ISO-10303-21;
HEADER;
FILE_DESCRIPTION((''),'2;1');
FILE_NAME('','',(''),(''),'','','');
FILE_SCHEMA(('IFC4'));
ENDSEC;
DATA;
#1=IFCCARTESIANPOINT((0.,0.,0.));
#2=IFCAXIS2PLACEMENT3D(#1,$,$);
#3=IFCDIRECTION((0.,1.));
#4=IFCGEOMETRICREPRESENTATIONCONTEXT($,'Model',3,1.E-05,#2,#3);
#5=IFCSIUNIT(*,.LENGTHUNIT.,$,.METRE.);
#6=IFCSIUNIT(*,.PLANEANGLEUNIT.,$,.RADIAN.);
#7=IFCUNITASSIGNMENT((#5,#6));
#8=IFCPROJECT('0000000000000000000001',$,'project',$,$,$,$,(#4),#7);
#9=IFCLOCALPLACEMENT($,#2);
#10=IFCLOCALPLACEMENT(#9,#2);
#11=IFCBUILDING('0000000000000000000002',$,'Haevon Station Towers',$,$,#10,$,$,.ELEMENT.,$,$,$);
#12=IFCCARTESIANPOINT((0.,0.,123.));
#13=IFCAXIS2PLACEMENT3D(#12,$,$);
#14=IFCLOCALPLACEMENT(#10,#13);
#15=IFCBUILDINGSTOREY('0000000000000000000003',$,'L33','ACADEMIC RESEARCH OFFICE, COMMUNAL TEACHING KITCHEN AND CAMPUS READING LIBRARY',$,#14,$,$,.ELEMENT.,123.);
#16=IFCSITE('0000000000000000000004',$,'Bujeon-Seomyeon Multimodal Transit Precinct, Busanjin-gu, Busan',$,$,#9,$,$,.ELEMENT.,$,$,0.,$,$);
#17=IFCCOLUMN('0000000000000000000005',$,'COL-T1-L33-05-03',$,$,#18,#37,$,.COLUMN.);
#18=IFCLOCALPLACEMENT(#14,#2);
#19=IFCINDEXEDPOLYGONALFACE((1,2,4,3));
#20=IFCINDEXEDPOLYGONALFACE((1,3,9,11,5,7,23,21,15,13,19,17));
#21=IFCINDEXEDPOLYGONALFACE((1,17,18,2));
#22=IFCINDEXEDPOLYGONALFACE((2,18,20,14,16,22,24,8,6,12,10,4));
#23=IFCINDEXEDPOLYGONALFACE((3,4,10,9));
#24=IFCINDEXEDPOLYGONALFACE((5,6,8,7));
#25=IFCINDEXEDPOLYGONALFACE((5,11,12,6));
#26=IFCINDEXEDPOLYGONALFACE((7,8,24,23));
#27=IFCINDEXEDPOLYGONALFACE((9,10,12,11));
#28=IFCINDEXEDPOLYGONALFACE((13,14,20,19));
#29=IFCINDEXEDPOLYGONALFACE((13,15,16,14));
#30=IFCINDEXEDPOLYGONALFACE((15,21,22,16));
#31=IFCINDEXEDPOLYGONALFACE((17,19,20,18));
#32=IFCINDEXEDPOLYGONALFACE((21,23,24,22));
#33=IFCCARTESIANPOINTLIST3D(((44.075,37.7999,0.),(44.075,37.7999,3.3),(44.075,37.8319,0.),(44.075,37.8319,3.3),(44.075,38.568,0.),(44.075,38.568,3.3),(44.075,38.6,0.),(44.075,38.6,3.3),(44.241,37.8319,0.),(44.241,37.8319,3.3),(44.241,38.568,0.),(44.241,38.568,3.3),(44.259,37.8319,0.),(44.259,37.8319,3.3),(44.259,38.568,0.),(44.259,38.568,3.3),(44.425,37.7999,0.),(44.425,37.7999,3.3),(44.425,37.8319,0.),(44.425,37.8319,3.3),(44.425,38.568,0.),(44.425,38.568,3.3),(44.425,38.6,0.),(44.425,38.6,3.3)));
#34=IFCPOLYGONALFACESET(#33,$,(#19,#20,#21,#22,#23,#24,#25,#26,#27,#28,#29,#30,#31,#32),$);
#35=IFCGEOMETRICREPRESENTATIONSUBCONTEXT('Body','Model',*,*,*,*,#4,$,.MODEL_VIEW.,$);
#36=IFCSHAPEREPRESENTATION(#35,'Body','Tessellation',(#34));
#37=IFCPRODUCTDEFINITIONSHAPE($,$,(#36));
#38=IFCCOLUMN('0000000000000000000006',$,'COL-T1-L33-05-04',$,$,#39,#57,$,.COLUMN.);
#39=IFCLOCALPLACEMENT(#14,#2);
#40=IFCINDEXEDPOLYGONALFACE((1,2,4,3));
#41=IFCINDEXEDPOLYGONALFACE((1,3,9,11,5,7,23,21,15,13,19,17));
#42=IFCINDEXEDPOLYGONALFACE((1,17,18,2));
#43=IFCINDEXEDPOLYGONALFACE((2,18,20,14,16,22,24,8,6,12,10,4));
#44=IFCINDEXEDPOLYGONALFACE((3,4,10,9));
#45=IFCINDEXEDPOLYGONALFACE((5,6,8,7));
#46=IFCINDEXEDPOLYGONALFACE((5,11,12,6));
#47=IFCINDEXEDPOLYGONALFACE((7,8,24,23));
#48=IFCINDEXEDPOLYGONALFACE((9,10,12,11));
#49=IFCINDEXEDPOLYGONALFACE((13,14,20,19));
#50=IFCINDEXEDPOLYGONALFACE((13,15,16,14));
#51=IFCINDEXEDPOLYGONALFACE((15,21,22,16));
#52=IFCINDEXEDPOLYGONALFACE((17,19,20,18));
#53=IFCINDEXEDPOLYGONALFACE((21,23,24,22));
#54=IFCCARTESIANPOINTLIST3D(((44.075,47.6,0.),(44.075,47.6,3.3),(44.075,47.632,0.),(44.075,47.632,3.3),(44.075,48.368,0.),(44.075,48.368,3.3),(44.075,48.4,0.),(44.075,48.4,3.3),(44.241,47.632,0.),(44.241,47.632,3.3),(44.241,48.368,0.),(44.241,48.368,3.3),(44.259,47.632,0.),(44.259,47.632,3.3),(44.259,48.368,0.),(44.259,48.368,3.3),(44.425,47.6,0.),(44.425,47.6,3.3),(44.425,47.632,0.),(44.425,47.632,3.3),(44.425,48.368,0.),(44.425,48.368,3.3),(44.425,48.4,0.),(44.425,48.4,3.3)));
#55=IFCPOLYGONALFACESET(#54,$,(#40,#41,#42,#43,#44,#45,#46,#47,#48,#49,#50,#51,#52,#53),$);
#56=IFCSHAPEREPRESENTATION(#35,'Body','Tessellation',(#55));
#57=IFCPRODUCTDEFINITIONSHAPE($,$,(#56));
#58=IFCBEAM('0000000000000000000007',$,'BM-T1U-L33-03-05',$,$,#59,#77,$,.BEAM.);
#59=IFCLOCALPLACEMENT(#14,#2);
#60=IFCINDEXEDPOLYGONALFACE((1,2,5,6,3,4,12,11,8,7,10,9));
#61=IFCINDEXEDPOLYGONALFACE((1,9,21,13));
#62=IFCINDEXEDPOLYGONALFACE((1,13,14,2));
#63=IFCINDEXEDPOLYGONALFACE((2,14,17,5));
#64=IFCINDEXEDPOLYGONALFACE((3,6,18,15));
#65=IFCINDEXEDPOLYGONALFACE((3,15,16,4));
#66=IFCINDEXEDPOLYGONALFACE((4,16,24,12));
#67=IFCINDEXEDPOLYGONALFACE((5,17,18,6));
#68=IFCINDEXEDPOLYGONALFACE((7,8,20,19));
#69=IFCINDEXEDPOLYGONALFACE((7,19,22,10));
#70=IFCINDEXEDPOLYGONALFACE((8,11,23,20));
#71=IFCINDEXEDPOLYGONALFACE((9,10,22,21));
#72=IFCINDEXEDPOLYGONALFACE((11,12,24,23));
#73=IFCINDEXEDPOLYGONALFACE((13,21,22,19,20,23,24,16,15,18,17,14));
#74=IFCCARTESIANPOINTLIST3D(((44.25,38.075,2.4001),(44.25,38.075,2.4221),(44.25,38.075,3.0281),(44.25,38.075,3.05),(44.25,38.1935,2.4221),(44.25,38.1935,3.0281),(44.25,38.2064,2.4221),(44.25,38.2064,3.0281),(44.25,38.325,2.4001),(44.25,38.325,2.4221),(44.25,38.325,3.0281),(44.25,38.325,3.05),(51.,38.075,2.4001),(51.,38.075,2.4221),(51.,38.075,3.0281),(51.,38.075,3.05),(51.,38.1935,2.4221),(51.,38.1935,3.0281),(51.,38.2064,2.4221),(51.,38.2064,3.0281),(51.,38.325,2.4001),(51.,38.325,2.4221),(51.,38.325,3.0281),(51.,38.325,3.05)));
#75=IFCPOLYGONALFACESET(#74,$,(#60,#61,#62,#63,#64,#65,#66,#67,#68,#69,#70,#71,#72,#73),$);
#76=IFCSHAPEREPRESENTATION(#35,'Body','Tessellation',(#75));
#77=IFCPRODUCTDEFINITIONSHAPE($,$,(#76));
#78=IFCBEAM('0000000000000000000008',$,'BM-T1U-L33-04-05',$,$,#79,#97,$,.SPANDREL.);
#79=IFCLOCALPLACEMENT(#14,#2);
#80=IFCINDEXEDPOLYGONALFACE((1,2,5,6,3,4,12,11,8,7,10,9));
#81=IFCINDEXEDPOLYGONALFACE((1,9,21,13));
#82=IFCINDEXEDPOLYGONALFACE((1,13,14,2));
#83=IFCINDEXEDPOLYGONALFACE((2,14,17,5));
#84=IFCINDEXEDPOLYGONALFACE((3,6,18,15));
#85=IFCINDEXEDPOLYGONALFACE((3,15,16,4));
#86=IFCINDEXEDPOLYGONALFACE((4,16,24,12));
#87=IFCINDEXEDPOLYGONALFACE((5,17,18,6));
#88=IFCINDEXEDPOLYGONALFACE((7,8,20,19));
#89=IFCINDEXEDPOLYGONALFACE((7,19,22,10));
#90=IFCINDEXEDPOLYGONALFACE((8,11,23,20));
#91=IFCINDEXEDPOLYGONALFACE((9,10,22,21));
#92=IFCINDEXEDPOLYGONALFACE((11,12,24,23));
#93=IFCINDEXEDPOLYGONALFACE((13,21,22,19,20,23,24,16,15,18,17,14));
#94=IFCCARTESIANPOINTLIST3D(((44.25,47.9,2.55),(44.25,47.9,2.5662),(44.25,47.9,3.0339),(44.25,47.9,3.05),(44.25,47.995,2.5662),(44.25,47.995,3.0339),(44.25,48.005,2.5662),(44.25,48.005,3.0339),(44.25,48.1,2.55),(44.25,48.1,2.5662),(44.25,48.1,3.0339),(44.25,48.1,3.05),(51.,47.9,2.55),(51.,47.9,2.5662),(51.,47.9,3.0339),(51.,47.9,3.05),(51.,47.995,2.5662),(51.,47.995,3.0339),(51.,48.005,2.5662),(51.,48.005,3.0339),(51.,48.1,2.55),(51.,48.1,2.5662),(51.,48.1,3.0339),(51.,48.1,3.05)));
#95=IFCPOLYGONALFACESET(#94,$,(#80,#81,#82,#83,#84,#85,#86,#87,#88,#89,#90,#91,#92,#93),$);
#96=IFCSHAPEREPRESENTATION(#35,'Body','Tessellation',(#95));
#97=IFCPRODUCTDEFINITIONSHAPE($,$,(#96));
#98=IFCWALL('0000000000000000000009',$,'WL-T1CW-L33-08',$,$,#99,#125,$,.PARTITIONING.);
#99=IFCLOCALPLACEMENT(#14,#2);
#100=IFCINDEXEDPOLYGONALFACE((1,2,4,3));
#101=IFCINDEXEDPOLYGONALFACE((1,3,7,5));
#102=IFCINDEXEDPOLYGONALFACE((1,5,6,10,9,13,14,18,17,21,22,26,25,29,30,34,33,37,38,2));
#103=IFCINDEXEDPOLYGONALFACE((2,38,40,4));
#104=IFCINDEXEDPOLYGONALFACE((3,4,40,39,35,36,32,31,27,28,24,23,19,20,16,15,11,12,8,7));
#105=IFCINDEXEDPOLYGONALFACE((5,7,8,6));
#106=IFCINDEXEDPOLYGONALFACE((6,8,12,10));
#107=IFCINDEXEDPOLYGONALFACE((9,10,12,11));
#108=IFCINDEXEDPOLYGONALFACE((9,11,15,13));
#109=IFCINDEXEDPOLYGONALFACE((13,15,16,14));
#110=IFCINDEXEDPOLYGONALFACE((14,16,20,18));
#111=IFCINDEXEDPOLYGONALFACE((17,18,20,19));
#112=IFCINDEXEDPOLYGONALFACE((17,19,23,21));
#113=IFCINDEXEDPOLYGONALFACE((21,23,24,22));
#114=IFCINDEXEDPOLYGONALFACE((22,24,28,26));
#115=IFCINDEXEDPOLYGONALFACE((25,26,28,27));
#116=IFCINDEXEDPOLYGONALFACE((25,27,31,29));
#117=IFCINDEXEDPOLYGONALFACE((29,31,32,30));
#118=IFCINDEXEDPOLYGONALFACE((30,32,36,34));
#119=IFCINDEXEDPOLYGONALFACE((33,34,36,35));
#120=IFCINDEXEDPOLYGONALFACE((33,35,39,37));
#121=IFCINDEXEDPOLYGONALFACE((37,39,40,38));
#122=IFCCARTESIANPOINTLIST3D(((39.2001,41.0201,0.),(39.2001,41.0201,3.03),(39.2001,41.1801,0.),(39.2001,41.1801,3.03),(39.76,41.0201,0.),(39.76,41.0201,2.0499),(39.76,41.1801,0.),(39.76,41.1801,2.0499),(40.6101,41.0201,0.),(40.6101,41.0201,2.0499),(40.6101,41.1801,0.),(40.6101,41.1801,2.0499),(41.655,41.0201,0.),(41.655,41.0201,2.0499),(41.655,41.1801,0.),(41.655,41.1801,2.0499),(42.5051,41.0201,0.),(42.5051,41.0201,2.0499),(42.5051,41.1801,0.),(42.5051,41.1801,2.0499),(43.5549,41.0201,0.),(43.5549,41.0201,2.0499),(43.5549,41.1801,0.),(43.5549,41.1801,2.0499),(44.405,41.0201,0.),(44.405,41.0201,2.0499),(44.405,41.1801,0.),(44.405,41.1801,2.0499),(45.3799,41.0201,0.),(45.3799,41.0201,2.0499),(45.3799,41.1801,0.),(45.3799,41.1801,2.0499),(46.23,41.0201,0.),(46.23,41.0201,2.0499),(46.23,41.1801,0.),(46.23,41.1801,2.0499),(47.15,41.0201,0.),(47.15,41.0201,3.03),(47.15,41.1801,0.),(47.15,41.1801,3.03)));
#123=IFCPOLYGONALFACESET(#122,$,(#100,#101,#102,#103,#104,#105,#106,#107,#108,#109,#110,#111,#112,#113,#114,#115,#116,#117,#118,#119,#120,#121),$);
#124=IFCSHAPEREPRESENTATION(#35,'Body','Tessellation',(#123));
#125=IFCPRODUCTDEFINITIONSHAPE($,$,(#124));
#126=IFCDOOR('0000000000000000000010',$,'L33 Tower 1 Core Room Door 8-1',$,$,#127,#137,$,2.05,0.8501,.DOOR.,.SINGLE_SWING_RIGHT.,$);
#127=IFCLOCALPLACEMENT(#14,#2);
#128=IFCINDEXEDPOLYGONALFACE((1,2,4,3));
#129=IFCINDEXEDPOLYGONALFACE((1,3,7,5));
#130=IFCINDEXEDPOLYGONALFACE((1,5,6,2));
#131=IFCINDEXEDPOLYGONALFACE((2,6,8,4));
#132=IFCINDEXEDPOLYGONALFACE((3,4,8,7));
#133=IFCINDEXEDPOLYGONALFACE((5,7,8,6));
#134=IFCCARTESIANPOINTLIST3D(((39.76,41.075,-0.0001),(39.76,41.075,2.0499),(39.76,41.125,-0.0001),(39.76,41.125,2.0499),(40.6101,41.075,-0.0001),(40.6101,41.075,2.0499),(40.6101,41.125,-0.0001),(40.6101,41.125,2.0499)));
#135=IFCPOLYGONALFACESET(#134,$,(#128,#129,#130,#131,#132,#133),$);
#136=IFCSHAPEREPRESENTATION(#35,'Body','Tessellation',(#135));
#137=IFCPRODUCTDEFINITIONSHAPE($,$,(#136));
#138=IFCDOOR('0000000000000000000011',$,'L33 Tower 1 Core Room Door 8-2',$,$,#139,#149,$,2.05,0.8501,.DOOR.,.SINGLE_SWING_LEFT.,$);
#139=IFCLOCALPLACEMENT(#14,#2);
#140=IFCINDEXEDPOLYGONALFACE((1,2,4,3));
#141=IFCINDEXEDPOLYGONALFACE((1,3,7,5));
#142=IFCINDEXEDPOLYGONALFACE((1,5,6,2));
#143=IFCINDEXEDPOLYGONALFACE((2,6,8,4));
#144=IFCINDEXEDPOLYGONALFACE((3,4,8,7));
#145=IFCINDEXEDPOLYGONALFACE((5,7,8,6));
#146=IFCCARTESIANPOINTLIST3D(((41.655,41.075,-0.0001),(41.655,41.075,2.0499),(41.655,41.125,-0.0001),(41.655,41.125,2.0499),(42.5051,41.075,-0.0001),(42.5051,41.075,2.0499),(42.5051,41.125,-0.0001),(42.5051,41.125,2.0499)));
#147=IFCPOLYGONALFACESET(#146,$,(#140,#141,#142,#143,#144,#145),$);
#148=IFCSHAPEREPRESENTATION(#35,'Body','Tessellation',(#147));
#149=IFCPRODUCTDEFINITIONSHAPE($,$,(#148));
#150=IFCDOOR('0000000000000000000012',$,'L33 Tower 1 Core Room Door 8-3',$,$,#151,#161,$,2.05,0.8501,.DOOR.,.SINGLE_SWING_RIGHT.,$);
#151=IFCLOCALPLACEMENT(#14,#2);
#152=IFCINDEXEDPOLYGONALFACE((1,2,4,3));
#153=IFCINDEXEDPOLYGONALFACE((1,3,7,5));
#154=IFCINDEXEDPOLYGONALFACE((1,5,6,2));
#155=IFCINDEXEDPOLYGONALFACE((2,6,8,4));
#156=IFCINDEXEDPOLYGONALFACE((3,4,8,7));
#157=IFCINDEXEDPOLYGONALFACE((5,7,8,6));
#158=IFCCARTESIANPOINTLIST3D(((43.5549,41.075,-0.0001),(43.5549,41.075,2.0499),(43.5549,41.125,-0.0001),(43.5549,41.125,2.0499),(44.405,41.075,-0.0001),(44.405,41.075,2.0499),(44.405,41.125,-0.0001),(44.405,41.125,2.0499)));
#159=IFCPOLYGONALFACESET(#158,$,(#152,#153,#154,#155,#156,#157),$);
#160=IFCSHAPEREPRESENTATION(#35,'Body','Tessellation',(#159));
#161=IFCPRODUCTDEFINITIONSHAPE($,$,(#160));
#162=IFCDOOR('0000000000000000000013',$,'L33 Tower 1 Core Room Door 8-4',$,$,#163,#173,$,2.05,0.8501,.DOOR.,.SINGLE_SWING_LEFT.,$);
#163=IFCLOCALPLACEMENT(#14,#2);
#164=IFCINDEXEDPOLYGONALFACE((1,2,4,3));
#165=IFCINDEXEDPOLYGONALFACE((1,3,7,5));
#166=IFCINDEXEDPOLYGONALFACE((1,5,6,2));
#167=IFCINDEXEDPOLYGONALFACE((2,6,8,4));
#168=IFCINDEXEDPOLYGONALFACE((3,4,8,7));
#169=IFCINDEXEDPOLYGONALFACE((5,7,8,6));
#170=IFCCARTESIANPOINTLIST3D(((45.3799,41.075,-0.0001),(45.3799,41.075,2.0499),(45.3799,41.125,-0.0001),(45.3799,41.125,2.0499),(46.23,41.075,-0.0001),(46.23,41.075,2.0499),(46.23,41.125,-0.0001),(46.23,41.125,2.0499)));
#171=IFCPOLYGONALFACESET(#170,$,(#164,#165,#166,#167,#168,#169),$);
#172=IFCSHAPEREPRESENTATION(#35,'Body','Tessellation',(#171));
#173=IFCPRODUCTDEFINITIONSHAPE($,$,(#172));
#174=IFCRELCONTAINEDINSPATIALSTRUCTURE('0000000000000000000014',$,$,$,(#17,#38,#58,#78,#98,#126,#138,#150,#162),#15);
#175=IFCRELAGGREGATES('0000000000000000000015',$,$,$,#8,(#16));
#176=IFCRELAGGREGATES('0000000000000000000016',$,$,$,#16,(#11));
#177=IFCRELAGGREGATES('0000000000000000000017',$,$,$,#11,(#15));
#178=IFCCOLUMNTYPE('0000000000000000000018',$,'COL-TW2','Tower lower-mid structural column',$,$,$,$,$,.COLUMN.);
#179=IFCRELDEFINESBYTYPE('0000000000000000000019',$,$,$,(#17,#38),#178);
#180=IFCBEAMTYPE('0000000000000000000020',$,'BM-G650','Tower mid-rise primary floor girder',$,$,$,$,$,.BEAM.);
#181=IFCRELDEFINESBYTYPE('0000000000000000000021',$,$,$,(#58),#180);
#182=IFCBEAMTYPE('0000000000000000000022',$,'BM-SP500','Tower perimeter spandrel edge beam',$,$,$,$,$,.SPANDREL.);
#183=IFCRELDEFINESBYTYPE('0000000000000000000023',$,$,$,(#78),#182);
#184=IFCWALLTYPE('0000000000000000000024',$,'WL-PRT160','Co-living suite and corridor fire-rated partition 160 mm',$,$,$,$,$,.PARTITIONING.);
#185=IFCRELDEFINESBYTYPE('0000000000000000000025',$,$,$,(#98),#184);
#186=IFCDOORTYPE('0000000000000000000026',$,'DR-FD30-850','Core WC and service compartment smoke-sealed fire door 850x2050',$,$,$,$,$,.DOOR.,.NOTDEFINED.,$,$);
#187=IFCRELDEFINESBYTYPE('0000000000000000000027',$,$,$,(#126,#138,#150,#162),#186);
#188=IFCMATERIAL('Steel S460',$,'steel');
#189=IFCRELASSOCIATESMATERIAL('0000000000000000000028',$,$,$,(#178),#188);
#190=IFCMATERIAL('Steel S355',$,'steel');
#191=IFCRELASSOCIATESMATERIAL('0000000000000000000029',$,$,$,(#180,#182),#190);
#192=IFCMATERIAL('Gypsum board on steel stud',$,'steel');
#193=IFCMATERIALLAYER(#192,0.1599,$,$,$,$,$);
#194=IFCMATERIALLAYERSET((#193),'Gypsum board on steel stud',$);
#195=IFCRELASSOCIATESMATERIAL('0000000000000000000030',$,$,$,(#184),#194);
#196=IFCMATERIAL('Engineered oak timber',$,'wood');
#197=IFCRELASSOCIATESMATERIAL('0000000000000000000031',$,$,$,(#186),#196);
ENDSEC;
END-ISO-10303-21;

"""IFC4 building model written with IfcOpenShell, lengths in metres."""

from ifc_helpers import new_model, si_unit, direction, frame, frame_2d, origin, origin_2d, place, context, subcontext, project, spatial, rectangle, i_section, extrude, material, layer, layer_set, material_profile, profile_set, type_object, element, fill, save


model = new_model("IFC4")

# Units and contexts
model_context = context("Model", 3, precision=1e-05, world=origin(), true_north=direction((0.0, 1.0)))
body_context = subcontext(model_context, "Body", "Model", "MODEL_VIEW")
ifc_project = project(units=[si_unit("LENGTHUNIT", "METRE"), si_unit("PLANEANGLEUNIT", "RADIAN")], contexts=[model_context])

# Site, building, storey
site_placement = place(None, origin())
site = spatial("IfcSite", under=ifc_project, at=site_placement, Name="Bujeon-Seomyeon Multimodal Transit Precinct, Busanjin-gu, Busan", CompositionType="ELEMENT", RefElevation=0.0)
building_placement = place(site_placement, origin())
building = spatial("IfcBuilding", under=site, at=building_placement, Name="Haevon Station Towers", CompositionType="ELEMENT")
storey_placement = place(building_placement, frame((0.0, 0.0, 123.0)))
storey = spatial("IfcBuildingStorey", under=building, at=storey_placement, Name="L33", Description="ACADEMIC RESEARCH OFFICE, COMMUNAL TEACHING KITCHEN AND CAMPUS READING LIBRARY", CompositionType="ELEMENT", Elevation=123.0)

# Columns
ifc_material_1 = material(Name="Steel S460", Category="steel")
ifc_material_profile_1 = material_profile(ifc_material_1, i_section(OverallWidth=0.3501, OverallDepth=0.8, WebThickness=0.0181, FlangeThickness=0.032, at=origin_2d()), Name="H-800x350x18x32")
ifc_profile_set_1 = profile_set([ifc_material_profile_1], Name="Steel S460")
column_type = type_object("IfcColumnType", Name="COL-TW2", Description="Tower lower-mid structural column", PredefinedType="COLUMN", material=ifc_profile_set_1)
for number, where, z_axis, x_axis, name in (
    (1, (44.25, 38.2, 0.0), (0.0, 0.0, 1.0), (1.0, 0.0, 0.0), "COL-T1-L33-05-03"),
    (2, (44.25, 48.0, 0.0), (0.0, 0.0, 1.0), (1.0, 0.0, 0.0), "COL-T1-L33-05-04"),
):
    element("IfcColumn", number, at=place(storey_placement, frame(where, z_axis=z_axis, x_axis=x_axis)), inside=storey, type_object=column_type, Name=name, PredefinedType="COLUMN", context=body_context, shape_type="SweptSolid", body=[
        extrude(i_section(OverallWidth=0.3501, OverallDepth=0.8, WebThickness=0.0181, FlangeThickness=0.032, at=origin_2d()), origin(), (0.0, 0.0, 1.0), 3.3),
    ])

# Beams
ifc_material_2 = material(Name="Steel S355", Category="steel")
ifc_material_profile_2 = material_profile(ifc_material_2, i_section(OverallWidth=0.25, OverallDepth=0.6499, WebThickness=0.0129, FlangeThickness=0.022, at=origin_2d()), Name="H-650x250x13x22")
ifc_profile_set_2 = profile_set([ifc_material_profile_2], Name="Steel S355")
beam_type_1 = type_object("IfcBeamType", Name="BM-G650", Description="Tower mid-rise primary floor girder", PredefinedType="BEAM", material=ifc_profile_set_2)
beam_1_placement = place(storey_placement, frame((44.25, 38.2, 2.7251), z_axis=(1.0, 0.0, 0.0), x_axis=(0.0, 1.0, 0.0)))
element("IfcBeam", 3, at=beam_1_placement, inside=storey, type_object=beam_type_1, Name="BM-T1U-L33-03-05", PredefinedType="BEAM", context=body_context, shape_type="SweptSolid", body=[
    extrude(i_section(OverallWidth=0.25, OverallDepth=0.6499, WebThickness=0.0129, FlangeThickness=0.022, at=origin_2d()), origin(), (0.0, 0.0, 1.0), 6.75),
])
ifc_material_profile_3 = material_profile(ifc_material_2, i_section(OverallWidth=0.2, OverallDepth=0.5, WebThickness=0.01, FlangeThickness=0.0161, at=origin_2d()), Name="H-500x200x10x16")
ifc_profile_set_3 = profile_set([ifc_material_profile_3], Name="Steel S355")
beam_type_2 = type_object("IfcBeamType", Name="BM-SP500", Description="Tower perimeter spandrel edge beam", PredefinedType="SPANDREL", material=ifc_profile_set_3)
beam_2_placement = place(storey_placement, frame((44.25, 48.0, 2.8), z_axis=(1.0, 0.0, 0.0), x_axis=(0.0, 1.0, 0.0)))
element("IfcBeam", 4, at=beam_2_placement, inside=storey, type_object=beam_type_2, Name="BM-T1U-L33-04-05", PredefinedType="SPANDREL", context=body_context, shape_type="SweptSolid", body=[
    extrude(i_section(OverallWidth=0.2, OverallDepth=0.5, WebThickness=0.01, FlangeThickness=0.0161, at=origin_2d()), origin(), (0.0, 0.0, 1.0), 6.75),
])

# Wall, openings, doors
ifc_material_3 = material(Name="Gypsum board on steel stud", Category="steel")
ifc_layer_1 = layer(ifc_material_3, 0.1599)
ifc_layer_set_1 = layer_set([ifc_layer_1], Name="Gypsum board on steel stud")
wall_type_1 = type_object("IfcWallType", Name="WL-PRT160", Description="Co-living suite and corridor fire-rated partition 160 mm", PredefinedType="PARTITIONING", material=ifc_layer_set_1)
wall_1_placement = place(storey_placement, frame((39.2, 41.1001, 0.0), z_axis=(0.0, 0.0, 1.0), x_axis=(1.0, 0.0, 0.0)))
wall_1 = element("IfcWall", 5, at=wall_1_placement, inside=storey, type_object=wall_type_1, Name="WL-T1CW-L33-08", PredefinedType="PARTITIONING", context=body_context, shape_type="SweptSolid", body=[
    extrude(rectangle(XDim=7.95, YDim=0.1599, at=frame_2d((3.9751, 0.0))), origin(), (0.0, 0.0, 1.0), 3.03),
])
opening_1_placement = place(wall_1_placement, frame((0.5601, 0.0, 0.0)))
opening_1 = element("IfcOpeningElement", 6, at=opening_1_placement, cuts=wall_1, PredefinedType="OPENING", context=body_context, shape_type="SweptSolid", body=[
    extrude(rectangle(XDim=0.8501, YDim=2.05, at=frame_2d((0.425, 1.0249))), frame((0.0, 0.0898, 0.0), z_axis=(0.0, -1.0, 0.0), x_axis=(1.0, 0.0, 0.0)), (0.0, 0.0, 1.0), 0.1799),
])
opening_2_placement = place(wall_1_placement, frame((2.4551, 0.0, 0.0)))
opening_2 = element("IfcOpeningElement", 7, at=opening_2_placement, cuts=wall_1, PredefinedType="OPENING", context=body_context, shape_type="SweptSolid", body=[
    extrude(rectangle(XDim=0.8501, YDim=2.05, at=frame_2d((0.425, 1.0249))), frame((0.0, 0.0898, 0.0), z_axis=(0.0, -1.0, 0.0), x_axis=(1.0, 0.0, 0.0)), (0.0, 0.0, 1.0), 0.1799),
])
opening_3_placement = place(wall_1_placement, frame((4.355, 0.0, 0.0)))
opening_3 = element("IfcOpeningElement", 8, at=opening_3_placement, cuts=wall_1, PredefinedType="OPENING", context=body_context, shape_type="SweptSolid", body=[
    extrude(rectangle(XDim=0.8501, YDim=2.05, at=frame_2d((0.425, 1.0249))), frame((0.0, 0.0898, 0.0), z_axis=(0.0, -1.0, 0.0), x_axis=(1.0, 0.0, 0.0)), (0.0, 0.0, 1.0), 0.1799),
])
opening_4_placement = place(wall_1_placement, frame((6.1799, 0.0, 0.0)))
opening_4 = element("IfcOpeningElement", 9, at=opening_4_placement, cuts=wall_1, PredefinedType="OPENING", context=body_context, shape_type="SweptSolid", body=[
    extrude(rectangle(XDim=0.8501, YDim=2.05, at=frame_2d((0.425, 1.0249))), frame((0.0, 0.0898, 0.0), z_axis=(0.0, -1.0, 0.0), x_axis=(1.0, 0.0, 0.0)), (0.0, 0.0, 1.0), 0.1799),
])
ifc_material_4 = material(Name="Engineered oak timber", Category="wood")
door_type_1 = type_object("IfcDoorType", Name="DR-FD30-850", Description="Core WC and service compartment smoke-sealed fire door 850x2050", OperationType="NOTDEFINED", PredefinedType="DOOR", material=ifc_material_4)
door_1_placement = place(opening_1_placement, origin())
door_1 = element("IfcDoor", 10, at=door_1_placement, inside=storey, type_object=door_type_1, Name="L33 Tower 1 Core Room Door 8-1", OperationType="SINGLE_SWING_RIGHT", OverallHeight=2.05, OverallWidth=0.8501, PredefinedType="DOOR", context=body_context, shape_type="SweptSolid", body=[
    extrude(rectangle(XDim=0.8501, YDim=2.05, at=frame_2d((0.425, 1.0249))), frame((0.0, 0.0249, 0.0), z_axis=(0.0, -1.0, 0.0), x_axis=(1.0, 0.0, 0.0)), (0.0, 0.0, 1.0), 0.05),
])
fill(opening_1, door_1)
door_2_placement = place(opening_2_placement, origin())
door_2 = element("IfcDoor", 11, at=door_2_placement, inside=storey, type_object=door_type_1, Name="L33 Tower 1 Core Room Door 8-2", OperationType="SINGLE_SWING_LEFT", OverallHeight=2.05, OverallWidth=0.8501, PredefinedType="DOOR", context=body_context, shape_type="SweptSolid", body=[
    extrude(rectangle(XDim=0.8501, YDim=2.05, at=frame_2d((0.425, 1.0249))), frame((0.0, 0.0249, 0.0), z_axis=(0.0, -1.0, 0.0), x_axis=(1.0, 0.0, 0.0)), (0.0, 0.0, 1.0), 0.05),
])
fill(opening_2, door_2)
door_3_placement = place(opening_3_placement, origin())
door_3 = element("IfcDoor", 12, at=door_3_placement, inside=storey, type_object=door_type_1, Name="L33 Tower 1 Core Room Door 8-3", OperationType="SINGLE_SWING_RIGHT", OverallHeight=2.05, OverallWidth=0.8501, PredefinedType="DOOR", context=body_context, shape_type="SweptSolid", body=[
    extrude(rectangle(XDim=0.8501, YDim=2.05, at=frame_2d((0.425, 1.0249))), frame((0.0, 0.0249, 0.0), z_axis=(0.0, -1.0, 0.0), x_axis=(1.0, 0.0, 0.0)), (0.0, 0.0, 1.0), 0.05),
])
fill(opening_3, door_3)
door_4_placement = place(opening_4_placement, origin())
door_4 = element("IfcDoor", 13, at=door_4_placement, inside=storey, type_object=door_type_1, Name="L33 Tower 1 Core Room Door 8-4", OperationType="SINGLE_SWING_LEFT", OverallHeight=2.05, OverallWidth=0.8501, PredefinedType="DOOR", context=body_context, shape_type="SweptSolid", body=[
    extrude(rectangle(XDim=0.8501, YDim=2.05, at=frame_2d((0.425, 1.0249))), frame((0.0, 0.0249, 0.0), z_axis=(0.0, -1.0, 0.0), x_axis=(1.0, 0.0, 0.0)), (0.0, 0.0, 1.0), 0.05),
])
fill(opening_4, door_4)

save(model, "model.ifc")
